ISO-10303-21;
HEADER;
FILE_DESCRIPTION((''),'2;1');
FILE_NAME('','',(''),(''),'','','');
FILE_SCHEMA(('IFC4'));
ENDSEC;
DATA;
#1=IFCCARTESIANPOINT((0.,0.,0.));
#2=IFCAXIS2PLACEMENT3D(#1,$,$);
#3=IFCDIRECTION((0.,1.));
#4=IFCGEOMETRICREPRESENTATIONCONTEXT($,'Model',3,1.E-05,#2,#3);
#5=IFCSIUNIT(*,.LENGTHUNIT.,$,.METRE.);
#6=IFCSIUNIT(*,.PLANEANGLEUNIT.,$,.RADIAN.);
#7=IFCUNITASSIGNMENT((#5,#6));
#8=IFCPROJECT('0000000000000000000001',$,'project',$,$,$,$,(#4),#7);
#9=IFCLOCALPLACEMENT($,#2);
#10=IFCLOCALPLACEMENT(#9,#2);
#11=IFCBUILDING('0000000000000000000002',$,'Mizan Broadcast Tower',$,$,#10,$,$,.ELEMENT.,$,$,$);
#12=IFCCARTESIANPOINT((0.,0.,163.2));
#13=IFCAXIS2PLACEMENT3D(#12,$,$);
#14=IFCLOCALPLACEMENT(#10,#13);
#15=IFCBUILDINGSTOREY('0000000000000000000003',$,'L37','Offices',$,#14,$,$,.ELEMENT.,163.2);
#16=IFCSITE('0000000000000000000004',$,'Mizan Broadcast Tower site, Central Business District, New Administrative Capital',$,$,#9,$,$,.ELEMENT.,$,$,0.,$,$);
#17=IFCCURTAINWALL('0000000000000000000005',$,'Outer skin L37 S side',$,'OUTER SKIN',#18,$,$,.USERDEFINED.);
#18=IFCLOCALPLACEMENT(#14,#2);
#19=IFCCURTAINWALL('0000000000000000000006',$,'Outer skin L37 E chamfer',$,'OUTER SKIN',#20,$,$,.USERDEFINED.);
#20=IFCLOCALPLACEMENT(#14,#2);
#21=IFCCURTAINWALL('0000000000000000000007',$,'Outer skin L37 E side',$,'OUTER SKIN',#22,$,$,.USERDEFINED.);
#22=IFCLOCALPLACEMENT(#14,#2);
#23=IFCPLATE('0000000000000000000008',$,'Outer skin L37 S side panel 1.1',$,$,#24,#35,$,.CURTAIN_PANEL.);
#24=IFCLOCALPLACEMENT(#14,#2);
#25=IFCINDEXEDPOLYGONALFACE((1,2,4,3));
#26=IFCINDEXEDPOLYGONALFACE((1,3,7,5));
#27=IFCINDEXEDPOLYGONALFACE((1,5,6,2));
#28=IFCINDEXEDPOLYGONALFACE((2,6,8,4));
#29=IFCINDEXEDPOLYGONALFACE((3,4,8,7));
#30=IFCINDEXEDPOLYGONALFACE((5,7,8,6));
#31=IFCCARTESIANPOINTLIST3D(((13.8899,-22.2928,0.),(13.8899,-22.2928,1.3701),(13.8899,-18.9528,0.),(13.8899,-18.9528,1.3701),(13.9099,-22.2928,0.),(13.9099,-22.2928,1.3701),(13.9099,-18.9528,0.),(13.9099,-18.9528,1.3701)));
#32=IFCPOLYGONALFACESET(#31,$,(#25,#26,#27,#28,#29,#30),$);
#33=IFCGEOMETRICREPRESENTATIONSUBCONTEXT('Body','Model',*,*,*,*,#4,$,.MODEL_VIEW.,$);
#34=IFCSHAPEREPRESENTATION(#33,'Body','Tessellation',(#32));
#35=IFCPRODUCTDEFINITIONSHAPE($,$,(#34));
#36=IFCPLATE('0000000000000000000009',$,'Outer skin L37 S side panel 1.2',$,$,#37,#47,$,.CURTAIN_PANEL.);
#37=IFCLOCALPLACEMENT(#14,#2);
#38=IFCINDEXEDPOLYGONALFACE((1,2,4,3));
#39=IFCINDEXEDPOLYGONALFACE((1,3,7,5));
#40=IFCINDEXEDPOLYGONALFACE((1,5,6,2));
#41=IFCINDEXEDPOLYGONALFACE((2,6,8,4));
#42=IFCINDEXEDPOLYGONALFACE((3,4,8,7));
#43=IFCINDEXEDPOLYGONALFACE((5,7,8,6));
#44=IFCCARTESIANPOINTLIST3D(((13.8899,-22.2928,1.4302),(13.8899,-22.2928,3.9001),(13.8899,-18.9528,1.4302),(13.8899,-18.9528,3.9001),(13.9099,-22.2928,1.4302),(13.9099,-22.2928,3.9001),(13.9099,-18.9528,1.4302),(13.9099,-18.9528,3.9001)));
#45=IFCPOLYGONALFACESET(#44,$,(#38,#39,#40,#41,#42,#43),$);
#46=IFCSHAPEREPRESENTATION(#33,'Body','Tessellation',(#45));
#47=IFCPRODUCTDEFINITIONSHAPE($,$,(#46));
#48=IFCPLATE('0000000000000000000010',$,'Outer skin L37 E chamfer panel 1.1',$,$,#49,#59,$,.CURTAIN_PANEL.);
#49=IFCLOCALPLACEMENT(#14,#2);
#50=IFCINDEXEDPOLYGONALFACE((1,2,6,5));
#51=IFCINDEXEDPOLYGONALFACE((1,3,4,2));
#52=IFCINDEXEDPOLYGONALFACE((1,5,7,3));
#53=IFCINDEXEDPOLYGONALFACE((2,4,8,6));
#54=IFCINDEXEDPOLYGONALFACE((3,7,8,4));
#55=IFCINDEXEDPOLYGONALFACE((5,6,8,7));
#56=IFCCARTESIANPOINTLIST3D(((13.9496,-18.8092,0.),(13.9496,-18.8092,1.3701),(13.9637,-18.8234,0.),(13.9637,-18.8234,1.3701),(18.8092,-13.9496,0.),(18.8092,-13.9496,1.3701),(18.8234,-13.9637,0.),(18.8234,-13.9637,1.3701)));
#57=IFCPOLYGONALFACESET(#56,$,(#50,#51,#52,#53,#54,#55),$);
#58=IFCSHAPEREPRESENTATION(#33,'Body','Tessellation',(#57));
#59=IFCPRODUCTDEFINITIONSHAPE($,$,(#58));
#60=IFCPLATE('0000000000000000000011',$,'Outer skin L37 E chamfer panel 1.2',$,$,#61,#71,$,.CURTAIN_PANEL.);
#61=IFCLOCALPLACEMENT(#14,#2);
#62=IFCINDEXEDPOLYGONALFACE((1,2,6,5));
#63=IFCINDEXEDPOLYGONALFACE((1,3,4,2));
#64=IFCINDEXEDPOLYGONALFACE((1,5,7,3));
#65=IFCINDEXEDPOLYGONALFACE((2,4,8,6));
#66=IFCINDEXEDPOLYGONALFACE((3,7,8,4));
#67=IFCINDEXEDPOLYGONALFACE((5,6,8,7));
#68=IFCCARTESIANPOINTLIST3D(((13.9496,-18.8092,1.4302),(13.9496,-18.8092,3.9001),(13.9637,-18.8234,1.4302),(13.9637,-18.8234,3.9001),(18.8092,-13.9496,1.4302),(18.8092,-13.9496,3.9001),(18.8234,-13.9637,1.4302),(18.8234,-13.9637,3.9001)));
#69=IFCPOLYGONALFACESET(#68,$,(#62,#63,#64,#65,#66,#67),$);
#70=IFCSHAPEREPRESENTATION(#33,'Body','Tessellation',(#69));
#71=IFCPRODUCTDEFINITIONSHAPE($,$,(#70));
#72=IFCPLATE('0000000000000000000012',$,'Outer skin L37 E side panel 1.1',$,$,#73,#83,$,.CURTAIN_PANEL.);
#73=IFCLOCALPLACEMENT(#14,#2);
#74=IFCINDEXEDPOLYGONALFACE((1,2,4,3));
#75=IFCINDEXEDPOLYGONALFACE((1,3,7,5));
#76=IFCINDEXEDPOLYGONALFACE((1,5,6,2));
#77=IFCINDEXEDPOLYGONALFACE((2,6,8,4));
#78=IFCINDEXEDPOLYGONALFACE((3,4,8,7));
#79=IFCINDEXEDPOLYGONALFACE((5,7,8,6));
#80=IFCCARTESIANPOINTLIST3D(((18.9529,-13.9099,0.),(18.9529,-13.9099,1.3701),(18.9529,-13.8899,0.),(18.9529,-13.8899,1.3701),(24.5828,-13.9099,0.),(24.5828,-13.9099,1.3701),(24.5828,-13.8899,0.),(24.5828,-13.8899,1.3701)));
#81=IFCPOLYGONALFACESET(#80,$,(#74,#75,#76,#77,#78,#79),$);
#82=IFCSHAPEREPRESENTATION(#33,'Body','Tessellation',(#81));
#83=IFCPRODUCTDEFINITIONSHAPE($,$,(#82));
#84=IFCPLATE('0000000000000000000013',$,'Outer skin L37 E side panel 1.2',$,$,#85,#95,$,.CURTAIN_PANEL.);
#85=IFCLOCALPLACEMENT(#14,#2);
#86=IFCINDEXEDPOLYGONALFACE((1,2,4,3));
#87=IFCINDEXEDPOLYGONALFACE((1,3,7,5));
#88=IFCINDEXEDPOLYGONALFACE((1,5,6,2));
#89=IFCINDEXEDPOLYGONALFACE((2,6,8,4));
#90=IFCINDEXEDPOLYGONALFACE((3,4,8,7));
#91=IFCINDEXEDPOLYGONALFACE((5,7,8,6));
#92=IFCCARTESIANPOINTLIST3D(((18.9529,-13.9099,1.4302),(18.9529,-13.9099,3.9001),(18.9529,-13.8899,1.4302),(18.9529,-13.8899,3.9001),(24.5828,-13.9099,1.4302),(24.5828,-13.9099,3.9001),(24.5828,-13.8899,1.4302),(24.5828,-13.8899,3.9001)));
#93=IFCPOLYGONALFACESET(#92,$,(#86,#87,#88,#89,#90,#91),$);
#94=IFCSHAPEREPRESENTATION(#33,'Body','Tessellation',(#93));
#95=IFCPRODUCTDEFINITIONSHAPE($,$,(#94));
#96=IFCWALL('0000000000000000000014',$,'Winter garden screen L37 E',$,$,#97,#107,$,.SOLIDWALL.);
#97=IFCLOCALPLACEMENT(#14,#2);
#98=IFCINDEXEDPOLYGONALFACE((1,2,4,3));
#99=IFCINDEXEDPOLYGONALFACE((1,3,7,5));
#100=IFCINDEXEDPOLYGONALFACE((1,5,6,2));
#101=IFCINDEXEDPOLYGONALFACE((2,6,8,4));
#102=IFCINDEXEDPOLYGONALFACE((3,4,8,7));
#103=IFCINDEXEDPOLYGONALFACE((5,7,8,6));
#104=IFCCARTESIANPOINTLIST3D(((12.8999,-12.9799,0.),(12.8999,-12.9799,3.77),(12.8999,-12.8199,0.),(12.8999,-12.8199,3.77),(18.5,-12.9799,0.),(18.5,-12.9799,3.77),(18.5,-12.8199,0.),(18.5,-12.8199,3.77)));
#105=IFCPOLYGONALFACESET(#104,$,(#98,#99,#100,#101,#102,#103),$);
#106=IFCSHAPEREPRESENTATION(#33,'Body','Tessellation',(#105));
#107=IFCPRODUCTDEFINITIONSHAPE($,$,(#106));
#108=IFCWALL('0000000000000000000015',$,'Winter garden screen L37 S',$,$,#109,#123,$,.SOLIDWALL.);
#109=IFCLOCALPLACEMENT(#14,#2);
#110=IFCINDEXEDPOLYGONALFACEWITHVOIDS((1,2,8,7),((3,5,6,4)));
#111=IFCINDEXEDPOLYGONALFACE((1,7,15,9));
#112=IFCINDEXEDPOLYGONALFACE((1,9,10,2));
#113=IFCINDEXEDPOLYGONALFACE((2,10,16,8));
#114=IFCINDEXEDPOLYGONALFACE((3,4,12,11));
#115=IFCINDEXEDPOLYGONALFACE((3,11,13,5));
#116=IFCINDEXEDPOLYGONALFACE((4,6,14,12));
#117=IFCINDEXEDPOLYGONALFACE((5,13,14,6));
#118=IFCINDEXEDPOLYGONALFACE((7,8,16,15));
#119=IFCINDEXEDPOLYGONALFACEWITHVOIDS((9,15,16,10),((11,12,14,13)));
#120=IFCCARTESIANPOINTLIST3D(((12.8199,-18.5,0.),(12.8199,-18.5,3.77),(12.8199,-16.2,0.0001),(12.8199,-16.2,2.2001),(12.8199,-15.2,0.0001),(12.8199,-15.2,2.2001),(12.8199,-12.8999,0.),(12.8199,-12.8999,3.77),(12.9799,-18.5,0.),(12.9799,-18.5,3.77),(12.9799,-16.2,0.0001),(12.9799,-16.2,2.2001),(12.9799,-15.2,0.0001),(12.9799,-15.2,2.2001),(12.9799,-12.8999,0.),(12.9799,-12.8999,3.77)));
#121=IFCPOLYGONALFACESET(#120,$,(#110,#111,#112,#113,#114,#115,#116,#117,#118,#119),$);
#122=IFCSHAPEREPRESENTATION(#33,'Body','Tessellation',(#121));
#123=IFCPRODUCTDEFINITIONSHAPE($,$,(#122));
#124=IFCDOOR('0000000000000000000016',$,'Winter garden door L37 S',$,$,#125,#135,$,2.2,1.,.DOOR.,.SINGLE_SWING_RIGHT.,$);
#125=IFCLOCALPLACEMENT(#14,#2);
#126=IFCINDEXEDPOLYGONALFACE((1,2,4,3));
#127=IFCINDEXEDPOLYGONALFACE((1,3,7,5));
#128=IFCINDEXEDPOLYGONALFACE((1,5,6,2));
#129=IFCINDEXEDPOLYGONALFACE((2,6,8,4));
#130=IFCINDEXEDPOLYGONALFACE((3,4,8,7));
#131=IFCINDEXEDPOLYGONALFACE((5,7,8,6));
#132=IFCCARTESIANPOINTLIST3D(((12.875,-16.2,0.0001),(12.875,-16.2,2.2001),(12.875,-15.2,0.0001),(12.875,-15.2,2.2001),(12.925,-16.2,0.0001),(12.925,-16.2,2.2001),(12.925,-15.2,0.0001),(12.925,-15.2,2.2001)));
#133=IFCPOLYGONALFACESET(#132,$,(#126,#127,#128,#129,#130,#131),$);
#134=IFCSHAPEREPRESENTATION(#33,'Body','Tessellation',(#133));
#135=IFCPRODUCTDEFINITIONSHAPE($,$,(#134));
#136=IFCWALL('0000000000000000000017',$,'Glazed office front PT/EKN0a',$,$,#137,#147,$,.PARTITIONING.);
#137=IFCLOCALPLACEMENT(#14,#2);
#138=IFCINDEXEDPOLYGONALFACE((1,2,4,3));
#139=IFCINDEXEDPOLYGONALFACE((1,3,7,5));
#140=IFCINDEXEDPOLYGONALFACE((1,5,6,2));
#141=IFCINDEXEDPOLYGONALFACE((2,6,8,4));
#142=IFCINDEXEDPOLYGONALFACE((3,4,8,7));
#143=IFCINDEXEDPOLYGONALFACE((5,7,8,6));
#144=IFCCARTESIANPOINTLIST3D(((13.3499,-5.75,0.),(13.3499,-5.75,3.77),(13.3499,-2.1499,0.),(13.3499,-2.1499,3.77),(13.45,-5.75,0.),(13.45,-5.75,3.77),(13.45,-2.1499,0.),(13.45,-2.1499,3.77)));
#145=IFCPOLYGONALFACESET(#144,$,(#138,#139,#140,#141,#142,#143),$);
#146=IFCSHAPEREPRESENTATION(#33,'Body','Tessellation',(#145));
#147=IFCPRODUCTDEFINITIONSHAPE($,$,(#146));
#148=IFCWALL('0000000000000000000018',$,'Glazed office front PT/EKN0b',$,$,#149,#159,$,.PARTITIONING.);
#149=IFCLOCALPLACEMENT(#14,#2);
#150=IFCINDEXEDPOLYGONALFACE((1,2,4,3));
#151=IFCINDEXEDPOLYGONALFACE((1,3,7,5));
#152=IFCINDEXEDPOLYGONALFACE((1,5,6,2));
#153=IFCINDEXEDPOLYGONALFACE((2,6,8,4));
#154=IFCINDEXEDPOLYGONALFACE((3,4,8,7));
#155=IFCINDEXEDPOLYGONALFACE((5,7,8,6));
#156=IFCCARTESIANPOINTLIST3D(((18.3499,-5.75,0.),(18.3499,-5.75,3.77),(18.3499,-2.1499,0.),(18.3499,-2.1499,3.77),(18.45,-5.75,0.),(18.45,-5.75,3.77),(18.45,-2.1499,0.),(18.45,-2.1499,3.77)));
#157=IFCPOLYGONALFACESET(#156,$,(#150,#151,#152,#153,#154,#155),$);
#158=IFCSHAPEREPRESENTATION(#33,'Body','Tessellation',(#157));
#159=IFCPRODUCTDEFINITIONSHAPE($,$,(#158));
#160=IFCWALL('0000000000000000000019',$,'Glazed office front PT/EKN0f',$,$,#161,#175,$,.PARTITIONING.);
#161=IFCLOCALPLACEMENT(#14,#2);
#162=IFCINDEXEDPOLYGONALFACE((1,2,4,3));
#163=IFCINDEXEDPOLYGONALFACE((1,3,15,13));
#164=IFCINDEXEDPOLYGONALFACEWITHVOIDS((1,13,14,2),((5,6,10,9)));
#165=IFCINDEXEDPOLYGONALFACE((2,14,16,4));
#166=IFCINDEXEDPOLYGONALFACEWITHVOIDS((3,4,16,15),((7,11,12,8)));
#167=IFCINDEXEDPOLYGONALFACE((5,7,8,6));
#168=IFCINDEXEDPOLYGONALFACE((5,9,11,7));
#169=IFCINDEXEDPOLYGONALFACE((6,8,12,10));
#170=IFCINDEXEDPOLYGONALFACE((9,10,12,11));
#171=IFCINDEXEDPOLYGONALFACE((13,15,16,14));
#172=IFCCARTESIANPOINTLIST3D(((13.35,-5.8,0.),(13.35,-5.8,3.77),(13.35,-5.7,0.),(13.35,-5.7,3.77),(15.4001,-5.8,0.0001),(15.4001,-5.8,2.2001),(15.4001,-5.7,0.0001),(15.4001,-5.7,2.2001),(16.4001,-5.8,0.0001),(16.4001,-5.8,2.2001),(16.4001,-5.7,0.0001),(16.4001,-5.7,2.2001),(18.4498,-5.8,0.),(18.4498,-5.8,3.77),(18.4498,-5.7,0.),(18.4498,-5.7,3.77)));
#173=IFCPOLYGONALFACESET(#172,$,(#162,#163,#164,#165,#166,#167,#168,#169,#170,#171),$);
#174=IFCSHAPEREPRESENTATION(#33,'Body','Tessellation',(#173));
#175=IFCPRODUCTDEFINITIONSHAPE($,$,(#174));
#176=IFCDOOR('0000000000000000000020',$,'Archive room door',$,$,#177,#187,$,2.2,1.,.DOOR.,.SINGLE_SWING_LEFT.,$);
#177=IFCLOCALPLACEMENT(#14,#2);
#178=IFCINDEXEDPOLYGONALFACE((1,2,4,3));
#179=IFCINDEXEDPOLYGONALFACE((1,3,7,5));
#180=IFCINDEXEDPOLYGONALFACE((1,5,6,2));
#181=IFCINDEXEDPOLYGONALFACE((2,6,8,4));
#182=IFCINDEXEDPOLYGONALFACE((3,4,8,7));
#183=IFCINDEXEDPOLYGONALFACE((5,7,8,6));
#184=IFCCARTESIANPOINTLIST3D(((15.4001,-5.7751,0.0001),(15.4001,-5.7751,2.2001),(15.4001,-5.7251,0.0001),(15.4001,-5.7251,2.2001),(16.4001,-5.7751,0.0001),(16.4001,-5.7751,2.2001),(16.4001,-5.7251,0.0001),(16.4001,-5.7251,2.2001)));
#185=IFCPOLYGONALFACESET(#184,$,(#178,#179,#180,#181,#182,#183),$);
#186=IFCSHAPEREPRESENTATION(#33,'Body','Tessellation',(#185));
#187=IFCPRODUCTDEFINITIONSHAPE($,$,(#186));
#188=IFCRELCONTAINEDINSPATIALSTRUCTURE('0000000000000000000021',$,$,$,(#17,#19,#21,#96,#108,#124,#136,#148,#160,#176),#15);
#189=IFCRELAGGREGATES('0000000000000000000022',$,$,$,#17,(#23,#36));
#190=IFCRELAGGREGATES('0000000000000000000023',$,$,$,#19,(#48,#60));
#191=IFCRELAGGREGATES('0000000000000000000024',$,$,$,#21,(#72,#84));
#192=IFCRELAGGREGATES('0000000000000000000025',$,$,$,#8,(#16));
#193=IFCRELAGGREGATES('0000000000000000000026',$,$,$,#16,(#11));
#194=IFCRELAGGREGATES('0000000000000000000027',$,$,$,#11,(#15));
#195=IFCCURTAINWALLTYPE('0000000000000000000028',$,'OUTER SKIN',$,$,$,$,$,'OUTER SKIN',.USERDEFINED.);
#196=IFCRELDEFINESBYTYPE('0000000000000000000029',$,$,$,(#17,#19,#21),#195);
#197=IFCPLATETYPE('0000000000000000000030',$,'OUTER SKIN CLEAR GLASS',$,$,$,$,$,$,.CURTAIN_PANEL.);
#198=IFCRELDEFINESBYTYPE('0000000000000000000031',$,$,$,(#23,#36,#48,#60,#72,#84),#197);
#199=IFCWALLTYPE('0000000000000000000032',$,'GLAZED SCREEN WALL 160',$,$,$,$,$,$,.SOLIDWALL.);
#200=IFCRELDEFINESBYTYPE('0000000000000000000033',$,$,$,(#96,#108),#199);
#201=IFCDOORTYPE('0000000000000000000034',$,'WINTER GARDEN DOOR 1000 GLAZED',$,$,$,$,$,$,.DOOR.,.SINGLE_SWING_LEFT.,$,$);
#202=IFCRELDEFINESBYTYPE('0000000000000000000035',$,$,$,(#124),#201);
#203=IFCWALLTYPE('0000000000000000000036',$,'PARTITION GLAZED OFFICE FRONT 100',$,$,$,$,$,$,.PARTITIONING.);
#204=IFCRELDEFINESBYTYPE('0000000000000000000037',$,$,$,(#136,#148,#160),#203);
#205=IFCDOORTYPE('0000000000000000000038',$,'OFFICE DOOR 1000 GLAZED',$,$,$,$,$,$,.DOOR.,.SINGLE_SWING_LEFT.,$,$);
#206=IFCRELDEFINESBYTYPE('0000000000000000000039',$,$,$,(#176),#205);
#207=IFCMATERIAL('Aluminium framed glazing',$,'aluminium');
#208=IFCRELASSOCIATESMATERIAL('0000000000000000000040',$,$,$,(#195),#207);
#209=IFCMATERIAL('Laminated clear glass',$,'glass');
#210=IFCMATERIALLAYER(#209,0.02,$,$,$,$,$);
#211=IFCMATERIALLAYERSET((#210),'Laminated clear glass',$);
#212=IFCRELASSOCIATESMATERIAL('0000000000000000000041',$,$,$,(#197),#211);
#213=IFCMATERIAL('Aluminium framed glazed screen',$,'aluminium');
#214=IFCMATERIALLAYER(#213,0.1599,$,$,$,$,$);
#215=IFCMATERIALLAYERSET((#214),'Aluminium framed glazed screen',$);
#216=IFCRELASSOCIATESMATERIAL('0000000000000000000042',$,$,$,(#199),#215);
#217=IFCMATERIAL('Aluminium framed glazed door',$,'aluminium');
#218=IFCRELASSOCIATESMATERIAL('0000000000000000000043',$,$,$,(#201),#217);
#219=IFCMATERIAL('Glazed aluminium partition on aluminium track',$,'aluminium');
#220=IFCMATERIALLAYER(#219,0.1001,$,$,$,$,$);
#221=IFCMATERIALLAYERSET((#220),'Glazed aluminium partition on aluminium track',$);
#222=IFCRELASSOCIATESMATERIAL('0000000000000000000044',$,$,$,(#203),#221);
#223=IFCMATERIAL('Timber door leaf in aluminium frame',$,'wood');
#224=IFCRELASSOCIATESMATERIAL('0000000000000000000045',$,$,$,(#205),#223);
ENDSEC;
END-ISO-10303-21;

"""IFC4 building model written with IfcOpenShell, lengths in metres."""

from ifc_helpers import new_model, si_unit, direction, frame, frame_2d, origin, origin_2d, place, context, subcontext, project, spatial, rectangle, extrude, material, layer, layer_set, type_object, element, fill, aggregate, save


model = new_model("IFC4")

# Units and contexts
model_context = context("Model", 3, precision=1e-05, world=origin(), true_north=direction((0.0, 1.0)))
body_context = subcontext(model_context, "Body", "Model", "MODEL_VIEW")
ifc_project = project(units=[si_unit("LENGTHUNIT", "METRE"), si_unit("PLANEANGLEUNIT", "RADIAN")], contexts=[model_context])

# Site, building, storey
site_placement = place(None, origin())
site = spatial("IfcSite", under=ifc_project, at=site_placement, Name="Mizan Broadcast Tower site, Central Business District, New Administrative Capital", CompositionType="ELEMENT", RefElevation=0.0)
building_placement = place(site_placement, origin())
building = spatial("IfcBuilding", under=site, at=building_placement, Name="Mizan Broadcast Tower", CompositionType="ELEMENT")
storey_placement = place(building_placement, frame((0.0, 0.0, 163.2)))
storey = spatial("IfcBuildingStorey", under=building, at=storey_placement, Name="L37", Description="Offices", CompositionType="ELEMENT", Elevation=163.2)

# Curtain walls
ifc_material_1 = material(Name="Aluminium framed glazing", Category="aluminium")
curtain_wall_type_1 = type_object("IfcCurtainWallType", Name="OUTER SKIN", ElementType="OUTER SKIN", PredefinedType="USERDEFINED", material=ifc_material_1)
curtain_wall_1_placement = place(storey_placement, origin())
curtain_wall_1 = element("IfcCurtainWall", 1, at=curtain_wall_1_placement, inside=storey, type_object=curtain_wall_type_1, Name="Outer skin L37 S side", ObjectType="OUTER SKIN", PredefinedType="USERDEFINED")
curtain_wall_2_placement = place(storey_placement, origin())
curtain_wall_2 = element("IfcCurtainWall", 2, at=curtain_wall_2_placement, inside=storey, type_object=curtain_wall_type_1, Name="Outer skin L37 E chamfer", ObjectType="OUTER SKIN", PredefinedType="USERDEFINED")
curtain_wall_3_placement = place(storey_placement, origin())
curtain_wall_3 = element("IfcCurtainWall", 3, at=curtain_wall_3_placement, inside=storey, type_object=curtain_wall_type_1, Name="Outer skin L37 E side", ObjectType="OUTER SKIN", PredefinedType="USERDEFINED")

# Plates
ifc_material_2 = material(Name="Laminated clear glass", Category="glass")
ifc_layer_1 = layer(ifc_material_2, 0.02)
ifc_layer_set_1 = layer_set([ifc_layer_1], Name="Laminated clear glass")
plate_type_1 = type_object("IfcPlateType", Name="OUTER SKIN CLEAR GLASS", PredefinedType="CURTAIN_PANEL", material=ifc_layer_set_1)
plate_1_placement = place(storey_placement, frame((13.8999, -20.6228, 0.0), z_axis=(0.0, 0.0, 1.0), x_axis=(0.0, 1.0, 0.0)))
plate_1 = element("IfcPlate", 4, at=plate_1_placement, type_object=plate_type_1, Name="Outer skin L37 S side panel 1.1", PredefinedType="CURTAIN_PANEL", context=body_context, shape_type="SweptSolid", body=[
    extrude(rectangle(XDim=3.3401, YDim=0.02, at=origin_2d()), origin(), (0.0, 0.0, 1.0), 1.3701),
])
plate_2_placement = place(storey_placement, frame((13.8999, -20.6228, 1.4302), z_axis=(0.0, 0.0, 1.0), x_axis=(0.0, 1.0, 0.0)))
plate_2 = element("IfcPlate", 5, at=plate_2_placement, type_object=plate_type_1, Name="Outer skin L37 S side panel 1.2", PredefinedType="CURTAIN_PANEL", context=body_context, shape_type="SweptSolid", body=[
    extrude(rectangle(XDim=3.3401, YDim=0.02, at=origin_2d()), origin(), (0.0, 0.0, 1.0), 2.47),
])
aggregate(curtain_wall_1, [plate_1, plate_2])
plate_3_placement = place(storey_placement, frame((16.3865, -16.3865, 0.0), z_axis=(0.0, 0.0, 1.0), x_axis=(0.707107, 0.707107, 0.0)))
plate_3 = element("IfcPlate", 6, at=plate_3_placement, type_object=plate_type_1, Name="Outer skin L37 E chamfer panel 1.1", PredefinedType="CURTAIN_PANEL", context=body_context, shape_type="SweptSolid", body=[
    extrude(rectangle(XDim=6.8726, YDim=0.02, at=origin_2d()), origin(), (0.0, 0.0, 1.0), 1.3701),
])
plate_4_placement = place(storey_placement, frame((16.3865, -16.3865, 1.4302), z_axis=(0.0, 0.0, 1.0), x_axis=(0.707107, 0.707107, 0.0)))
plate_4 = element("IfcPlate", 7, at=plate_4_placement, type_object=plate_type_1, Name="Outer skin L37 E chamfer panel 1.2", PredefinedType="CURTAIN_PANEL", context=body_context, shape_type="SweptSolid", body=[
    extrude(rectangle(XDim=6.8726, YDim=0.02, at=origin_2d()), origin(), (0.0, 0.0, 1.0), 2.47),
])
aggregate(curtain_wall_2, [plate_3, plate_4])
plate_5_placement = place(storey_placement, frame((21.7678, -13.8999, 0.0), z_axis=(0.0, 0.0, 1.0), x_axis=(1.0, 0.0, 0.0)))
plate_5 = element("IfcPlate", 8, at=plate_5_placement, type_object=plate_type_1, Name="Outer skin L37 E side panel 1.1", PredefinedType="CURTAIN_PANEL", context=body_context, shape_type="SweptSolid", body=[
    extrude(rectangle(XDim=5.6299, YDim=0.02, at=origin_2d()), origin(), (0.0, 0.0, 1.0), 1.3701),
])
plate_6_placement = place(storey_placement, frame((21.7678, -13.8999, 1.4302), z_axis=(0.0, 0.0, 1.0), x_axis=(1.0, 0.0, 0.0)))
plate_6 = element("IfcPlate", 9, at=plate_6_placement, type_object=plate_type_1, Name="Outer skin L37 E side panel 1.2", PredefinedType="CURTAIN_PANEL", context=body_context, shape_type="SweptSolid", body=[
    extrude(rectangle(XDim=5.6299, YDim=0.02, at=origin_2d()), origin(), (0.0, 0.0, 1.0), 2.47),
])
aggregate(curtain_wall_3, [plate_5, plate_6])

# Wall
ifc_material_3 = material(Name="Aluminium framed glazed screen", Category="aluminium")
ifc_layer_2 = layer(ifc_material_3, 0.1599)
ifc_layer_set_2 = layer_set([ifc_layer_2], Name="Aluminium framed glazed screen")
wall_type_1 = type_object("IfcWallType", Name="GLAZED SCREEN WALL 160", PredefinedType="SOLIDWALL", material=ifc_layer_set_2)
wall_1_placement = place(storey_placement, frame((12.8999, -12.8999, 0.0), z_axis=(0.0, 0.0, 1.0), x_axis=(1.0, 0.0, 0.0)))
element("IfcWall", 10, at=wall_1_placement, inside=storey, type_object=wall_type_1, Name="Winter garden screen L37 E", PredefinedType="SOLIDWALL", context=body_context, shape_type="SweptSolid", body=[
    extrude(rectangle(XDim=5.6001, YDim=0.1599, at=frame_2d((2.8, 0.0))), origin(), (0.0, 0.0, 1.0), 3.77),
])

# Wall, opening, door
wall_2_placement = place(storey_placement, frame((12.8999, -18.5, 0.0), z_axis=(0.0, 0.0, 1.0), x_axis=(0.0, 1.0, 0.0)))
wall_2 = element("IfcWall", 11, at=wall_2_placement, inside=storey, type_object=wall_type_1, Name="Winter garden screen L37 S", PredefinedType="SOLIDWALL", context=body_context, shape_type="SweptSolid", body=[
    extrude(rectangle(XDim=5.6001, YDim=0.1599, at=frame_2d((2.8, 0.0))), origin(), (0.0, 0.0, 1.0), 3.77),
])
opening_1_placement = place(wall_2_placement, frame((2.3, 0.0, 0.0)))
opening_1 = element("IfcOpeningElement", 12, at=opening_1_placement, cuts=wall_2, PredefinedType="OPENING", context=body_context, shape_type="SweptSolid", body=[
    extrude(rectangle(XDim=1.0, YDim=2.2, at=frame_2d((0.5, 1.1001))), frame((0.0, 0.0898, 0.0), z_axis=(0.0, -1.0, 0.0), x_axis=(1.0, 0.0, 0.0)), (0.0, 0.0, 1.0), 0.1799),
])
ifc_material_4 = material(Name="Aluminium framed glazed door", Category="aluminium")
door_type_1 = type_object("IfcDoorType", Name="WINTER GARDEN DOOR 1000 GLAZED", OperationType="SINGLE_SWING_LEFT", PredefinedType="DOOR", material=ifc_material_4)
door_1_placement = place(opening_1_placement, origin())
door_1 = element("IfcDoor", 13, at=door_1_placement, inside=storey, type_object=door_type_1, Name="Winter garden door L37 S", OperationType="SINGLE_SWING_RIGHT", OverallHeight=2.2, OverallWidth=1.0, PredefinedType="DOOR", context=body_context, shape_type="SweptSolid", body=[
    extrude(rectangle(XDim=1.0, YDim=2.2, at=frame_2d((0.5, 1.1001))), frame((0.0, 0.0249, 0.0), z_axis=(0.0, -1.0, 0.0), x_axis=(1.0, 0.0, 0.0)), (0.0, 0.0, 1.0), 0.05),
])
fill(opening_1, door_1)

# Walls
ifc_material_5 = material(Name="Glazed aluminium partition on aluminium track", Category="aluminium")
ifc_layer_3 = layer(ifc_material_5, 0.1001)
ifc_layer_set_3 = layer_set([ifc_layer_3], Name="Glazed aluminium partition on aluminium track")
wall_type_2 = type_object("IfcWallType", Name="PARTITION GLAZED OFFICE FRONT 100", PredefinedType="PARTITIONING", material=ifc_layer_set_3)
for number, where, z_axis, x_axis, name in (
    (14, (13.3999, -2.1499, 0.0), (0.0, 0.0, 1.0), (0.0, -1.0, 0.0), "Glazed office front PT/EKN0a"),
    (15, (18.3999, -2.1499, 0.0), (0.0, 0.0, 1.0), (0.0, -1.0, 0.0), "Glazed office front PT/EKN0b"),
):
    element("IfcWall", number, at=place(storey_placement, frame(where, z_axis=z_axis, x_axis=x_axis)), inside=storey, type_object=wall_type_2, Name=name, PredefinedType="PARTITIONING", context=body_context, shape_type="SweptSolid", body=[
        extrude(rectangle(XDim=3.6001, YDim=0.1001, at=frame_2d((1.8, 0.0))), origin(), (0.0, 0.0, 1.0), 3.77),
    ])

# Wall, opening, door
wall_3_placement = place(storey_placement, frame((13.3501, -5.75, 0.0), z_axis=(0.0, 0.0, 1.0), x_axis=(1.0, 0.0, 0.0)))
wall_3 = element("IfcWall", 16, at=wall_3_placement, inside=storey, type_object=wall_type_2, Name="Glazed office front PT/EKN0f", PredefinedType="PARTITIONING", context=body_context, shape_type="SweptSolid", body=[
    extrude(rectangle(XDim=5.0999, YDim=0.1001, at=frame_2d((2.5498, 0.0))), origin(), (0.0, 0.0, 1.0), 3.77),
])
opening_2_placement = place(wall_3_placement, frame((2.05, 0.0, 0.0)))
opening_2 = element("IfcOpeningElement", 17, at=opening_2_placement, cuts=wall_3, PredefinedType="OPENING", context=body_context, shape_type="SweptSolid", body=[
    extrude(rectangle(XDim=1.0, YDim=2.2, at=frame_2d((0.5, 1.1001))), frame((0.0, 0.0601, 0.0), z_axis=(0.0, -1.0, 0.0), x_axis=(1.0, 0.0, 0.0)), (0.0, 0.0, 1.0), 0.1201),
])
ifc_material_6 = material(Name="Timber door leaf in aluminium frame", Category="wood")
door_type_2 = type_object("IfcDoorType", Name="OFFICE DOOR 1000 GLAZED", OperationType="SINGLE_SWING_LEFT", PredefinedType="DOOR", material=ifc_material_6)
door_2_placement = place(opening_2_placement, origin())
door_2 = element("IfcDoor", 18, at=door_2_placement, inside=storey, type_object=door_type_2, Name="Archive room door", OperationType="SINGLE_SWING_LEFT", OverallHeight=2.2, OverallWidth=1.0, PredefinedType="DOOR", context=body_context, shape_type="SweptSolid", body=[
    extrude(rectangle(XDim=1.0, YDim=2.2, at=frame_2d((0.5, 1.1001))), frame((0.0, 0.0249, 0.0), z_axis=(0.0, -1.0, 0.0), x_axis=(1.0, 0.0, 0.0)), (0.0, 0.0, 1.0), 0.05),
])
fill(opening_2, door_2)

save(model, "model.ifc")
